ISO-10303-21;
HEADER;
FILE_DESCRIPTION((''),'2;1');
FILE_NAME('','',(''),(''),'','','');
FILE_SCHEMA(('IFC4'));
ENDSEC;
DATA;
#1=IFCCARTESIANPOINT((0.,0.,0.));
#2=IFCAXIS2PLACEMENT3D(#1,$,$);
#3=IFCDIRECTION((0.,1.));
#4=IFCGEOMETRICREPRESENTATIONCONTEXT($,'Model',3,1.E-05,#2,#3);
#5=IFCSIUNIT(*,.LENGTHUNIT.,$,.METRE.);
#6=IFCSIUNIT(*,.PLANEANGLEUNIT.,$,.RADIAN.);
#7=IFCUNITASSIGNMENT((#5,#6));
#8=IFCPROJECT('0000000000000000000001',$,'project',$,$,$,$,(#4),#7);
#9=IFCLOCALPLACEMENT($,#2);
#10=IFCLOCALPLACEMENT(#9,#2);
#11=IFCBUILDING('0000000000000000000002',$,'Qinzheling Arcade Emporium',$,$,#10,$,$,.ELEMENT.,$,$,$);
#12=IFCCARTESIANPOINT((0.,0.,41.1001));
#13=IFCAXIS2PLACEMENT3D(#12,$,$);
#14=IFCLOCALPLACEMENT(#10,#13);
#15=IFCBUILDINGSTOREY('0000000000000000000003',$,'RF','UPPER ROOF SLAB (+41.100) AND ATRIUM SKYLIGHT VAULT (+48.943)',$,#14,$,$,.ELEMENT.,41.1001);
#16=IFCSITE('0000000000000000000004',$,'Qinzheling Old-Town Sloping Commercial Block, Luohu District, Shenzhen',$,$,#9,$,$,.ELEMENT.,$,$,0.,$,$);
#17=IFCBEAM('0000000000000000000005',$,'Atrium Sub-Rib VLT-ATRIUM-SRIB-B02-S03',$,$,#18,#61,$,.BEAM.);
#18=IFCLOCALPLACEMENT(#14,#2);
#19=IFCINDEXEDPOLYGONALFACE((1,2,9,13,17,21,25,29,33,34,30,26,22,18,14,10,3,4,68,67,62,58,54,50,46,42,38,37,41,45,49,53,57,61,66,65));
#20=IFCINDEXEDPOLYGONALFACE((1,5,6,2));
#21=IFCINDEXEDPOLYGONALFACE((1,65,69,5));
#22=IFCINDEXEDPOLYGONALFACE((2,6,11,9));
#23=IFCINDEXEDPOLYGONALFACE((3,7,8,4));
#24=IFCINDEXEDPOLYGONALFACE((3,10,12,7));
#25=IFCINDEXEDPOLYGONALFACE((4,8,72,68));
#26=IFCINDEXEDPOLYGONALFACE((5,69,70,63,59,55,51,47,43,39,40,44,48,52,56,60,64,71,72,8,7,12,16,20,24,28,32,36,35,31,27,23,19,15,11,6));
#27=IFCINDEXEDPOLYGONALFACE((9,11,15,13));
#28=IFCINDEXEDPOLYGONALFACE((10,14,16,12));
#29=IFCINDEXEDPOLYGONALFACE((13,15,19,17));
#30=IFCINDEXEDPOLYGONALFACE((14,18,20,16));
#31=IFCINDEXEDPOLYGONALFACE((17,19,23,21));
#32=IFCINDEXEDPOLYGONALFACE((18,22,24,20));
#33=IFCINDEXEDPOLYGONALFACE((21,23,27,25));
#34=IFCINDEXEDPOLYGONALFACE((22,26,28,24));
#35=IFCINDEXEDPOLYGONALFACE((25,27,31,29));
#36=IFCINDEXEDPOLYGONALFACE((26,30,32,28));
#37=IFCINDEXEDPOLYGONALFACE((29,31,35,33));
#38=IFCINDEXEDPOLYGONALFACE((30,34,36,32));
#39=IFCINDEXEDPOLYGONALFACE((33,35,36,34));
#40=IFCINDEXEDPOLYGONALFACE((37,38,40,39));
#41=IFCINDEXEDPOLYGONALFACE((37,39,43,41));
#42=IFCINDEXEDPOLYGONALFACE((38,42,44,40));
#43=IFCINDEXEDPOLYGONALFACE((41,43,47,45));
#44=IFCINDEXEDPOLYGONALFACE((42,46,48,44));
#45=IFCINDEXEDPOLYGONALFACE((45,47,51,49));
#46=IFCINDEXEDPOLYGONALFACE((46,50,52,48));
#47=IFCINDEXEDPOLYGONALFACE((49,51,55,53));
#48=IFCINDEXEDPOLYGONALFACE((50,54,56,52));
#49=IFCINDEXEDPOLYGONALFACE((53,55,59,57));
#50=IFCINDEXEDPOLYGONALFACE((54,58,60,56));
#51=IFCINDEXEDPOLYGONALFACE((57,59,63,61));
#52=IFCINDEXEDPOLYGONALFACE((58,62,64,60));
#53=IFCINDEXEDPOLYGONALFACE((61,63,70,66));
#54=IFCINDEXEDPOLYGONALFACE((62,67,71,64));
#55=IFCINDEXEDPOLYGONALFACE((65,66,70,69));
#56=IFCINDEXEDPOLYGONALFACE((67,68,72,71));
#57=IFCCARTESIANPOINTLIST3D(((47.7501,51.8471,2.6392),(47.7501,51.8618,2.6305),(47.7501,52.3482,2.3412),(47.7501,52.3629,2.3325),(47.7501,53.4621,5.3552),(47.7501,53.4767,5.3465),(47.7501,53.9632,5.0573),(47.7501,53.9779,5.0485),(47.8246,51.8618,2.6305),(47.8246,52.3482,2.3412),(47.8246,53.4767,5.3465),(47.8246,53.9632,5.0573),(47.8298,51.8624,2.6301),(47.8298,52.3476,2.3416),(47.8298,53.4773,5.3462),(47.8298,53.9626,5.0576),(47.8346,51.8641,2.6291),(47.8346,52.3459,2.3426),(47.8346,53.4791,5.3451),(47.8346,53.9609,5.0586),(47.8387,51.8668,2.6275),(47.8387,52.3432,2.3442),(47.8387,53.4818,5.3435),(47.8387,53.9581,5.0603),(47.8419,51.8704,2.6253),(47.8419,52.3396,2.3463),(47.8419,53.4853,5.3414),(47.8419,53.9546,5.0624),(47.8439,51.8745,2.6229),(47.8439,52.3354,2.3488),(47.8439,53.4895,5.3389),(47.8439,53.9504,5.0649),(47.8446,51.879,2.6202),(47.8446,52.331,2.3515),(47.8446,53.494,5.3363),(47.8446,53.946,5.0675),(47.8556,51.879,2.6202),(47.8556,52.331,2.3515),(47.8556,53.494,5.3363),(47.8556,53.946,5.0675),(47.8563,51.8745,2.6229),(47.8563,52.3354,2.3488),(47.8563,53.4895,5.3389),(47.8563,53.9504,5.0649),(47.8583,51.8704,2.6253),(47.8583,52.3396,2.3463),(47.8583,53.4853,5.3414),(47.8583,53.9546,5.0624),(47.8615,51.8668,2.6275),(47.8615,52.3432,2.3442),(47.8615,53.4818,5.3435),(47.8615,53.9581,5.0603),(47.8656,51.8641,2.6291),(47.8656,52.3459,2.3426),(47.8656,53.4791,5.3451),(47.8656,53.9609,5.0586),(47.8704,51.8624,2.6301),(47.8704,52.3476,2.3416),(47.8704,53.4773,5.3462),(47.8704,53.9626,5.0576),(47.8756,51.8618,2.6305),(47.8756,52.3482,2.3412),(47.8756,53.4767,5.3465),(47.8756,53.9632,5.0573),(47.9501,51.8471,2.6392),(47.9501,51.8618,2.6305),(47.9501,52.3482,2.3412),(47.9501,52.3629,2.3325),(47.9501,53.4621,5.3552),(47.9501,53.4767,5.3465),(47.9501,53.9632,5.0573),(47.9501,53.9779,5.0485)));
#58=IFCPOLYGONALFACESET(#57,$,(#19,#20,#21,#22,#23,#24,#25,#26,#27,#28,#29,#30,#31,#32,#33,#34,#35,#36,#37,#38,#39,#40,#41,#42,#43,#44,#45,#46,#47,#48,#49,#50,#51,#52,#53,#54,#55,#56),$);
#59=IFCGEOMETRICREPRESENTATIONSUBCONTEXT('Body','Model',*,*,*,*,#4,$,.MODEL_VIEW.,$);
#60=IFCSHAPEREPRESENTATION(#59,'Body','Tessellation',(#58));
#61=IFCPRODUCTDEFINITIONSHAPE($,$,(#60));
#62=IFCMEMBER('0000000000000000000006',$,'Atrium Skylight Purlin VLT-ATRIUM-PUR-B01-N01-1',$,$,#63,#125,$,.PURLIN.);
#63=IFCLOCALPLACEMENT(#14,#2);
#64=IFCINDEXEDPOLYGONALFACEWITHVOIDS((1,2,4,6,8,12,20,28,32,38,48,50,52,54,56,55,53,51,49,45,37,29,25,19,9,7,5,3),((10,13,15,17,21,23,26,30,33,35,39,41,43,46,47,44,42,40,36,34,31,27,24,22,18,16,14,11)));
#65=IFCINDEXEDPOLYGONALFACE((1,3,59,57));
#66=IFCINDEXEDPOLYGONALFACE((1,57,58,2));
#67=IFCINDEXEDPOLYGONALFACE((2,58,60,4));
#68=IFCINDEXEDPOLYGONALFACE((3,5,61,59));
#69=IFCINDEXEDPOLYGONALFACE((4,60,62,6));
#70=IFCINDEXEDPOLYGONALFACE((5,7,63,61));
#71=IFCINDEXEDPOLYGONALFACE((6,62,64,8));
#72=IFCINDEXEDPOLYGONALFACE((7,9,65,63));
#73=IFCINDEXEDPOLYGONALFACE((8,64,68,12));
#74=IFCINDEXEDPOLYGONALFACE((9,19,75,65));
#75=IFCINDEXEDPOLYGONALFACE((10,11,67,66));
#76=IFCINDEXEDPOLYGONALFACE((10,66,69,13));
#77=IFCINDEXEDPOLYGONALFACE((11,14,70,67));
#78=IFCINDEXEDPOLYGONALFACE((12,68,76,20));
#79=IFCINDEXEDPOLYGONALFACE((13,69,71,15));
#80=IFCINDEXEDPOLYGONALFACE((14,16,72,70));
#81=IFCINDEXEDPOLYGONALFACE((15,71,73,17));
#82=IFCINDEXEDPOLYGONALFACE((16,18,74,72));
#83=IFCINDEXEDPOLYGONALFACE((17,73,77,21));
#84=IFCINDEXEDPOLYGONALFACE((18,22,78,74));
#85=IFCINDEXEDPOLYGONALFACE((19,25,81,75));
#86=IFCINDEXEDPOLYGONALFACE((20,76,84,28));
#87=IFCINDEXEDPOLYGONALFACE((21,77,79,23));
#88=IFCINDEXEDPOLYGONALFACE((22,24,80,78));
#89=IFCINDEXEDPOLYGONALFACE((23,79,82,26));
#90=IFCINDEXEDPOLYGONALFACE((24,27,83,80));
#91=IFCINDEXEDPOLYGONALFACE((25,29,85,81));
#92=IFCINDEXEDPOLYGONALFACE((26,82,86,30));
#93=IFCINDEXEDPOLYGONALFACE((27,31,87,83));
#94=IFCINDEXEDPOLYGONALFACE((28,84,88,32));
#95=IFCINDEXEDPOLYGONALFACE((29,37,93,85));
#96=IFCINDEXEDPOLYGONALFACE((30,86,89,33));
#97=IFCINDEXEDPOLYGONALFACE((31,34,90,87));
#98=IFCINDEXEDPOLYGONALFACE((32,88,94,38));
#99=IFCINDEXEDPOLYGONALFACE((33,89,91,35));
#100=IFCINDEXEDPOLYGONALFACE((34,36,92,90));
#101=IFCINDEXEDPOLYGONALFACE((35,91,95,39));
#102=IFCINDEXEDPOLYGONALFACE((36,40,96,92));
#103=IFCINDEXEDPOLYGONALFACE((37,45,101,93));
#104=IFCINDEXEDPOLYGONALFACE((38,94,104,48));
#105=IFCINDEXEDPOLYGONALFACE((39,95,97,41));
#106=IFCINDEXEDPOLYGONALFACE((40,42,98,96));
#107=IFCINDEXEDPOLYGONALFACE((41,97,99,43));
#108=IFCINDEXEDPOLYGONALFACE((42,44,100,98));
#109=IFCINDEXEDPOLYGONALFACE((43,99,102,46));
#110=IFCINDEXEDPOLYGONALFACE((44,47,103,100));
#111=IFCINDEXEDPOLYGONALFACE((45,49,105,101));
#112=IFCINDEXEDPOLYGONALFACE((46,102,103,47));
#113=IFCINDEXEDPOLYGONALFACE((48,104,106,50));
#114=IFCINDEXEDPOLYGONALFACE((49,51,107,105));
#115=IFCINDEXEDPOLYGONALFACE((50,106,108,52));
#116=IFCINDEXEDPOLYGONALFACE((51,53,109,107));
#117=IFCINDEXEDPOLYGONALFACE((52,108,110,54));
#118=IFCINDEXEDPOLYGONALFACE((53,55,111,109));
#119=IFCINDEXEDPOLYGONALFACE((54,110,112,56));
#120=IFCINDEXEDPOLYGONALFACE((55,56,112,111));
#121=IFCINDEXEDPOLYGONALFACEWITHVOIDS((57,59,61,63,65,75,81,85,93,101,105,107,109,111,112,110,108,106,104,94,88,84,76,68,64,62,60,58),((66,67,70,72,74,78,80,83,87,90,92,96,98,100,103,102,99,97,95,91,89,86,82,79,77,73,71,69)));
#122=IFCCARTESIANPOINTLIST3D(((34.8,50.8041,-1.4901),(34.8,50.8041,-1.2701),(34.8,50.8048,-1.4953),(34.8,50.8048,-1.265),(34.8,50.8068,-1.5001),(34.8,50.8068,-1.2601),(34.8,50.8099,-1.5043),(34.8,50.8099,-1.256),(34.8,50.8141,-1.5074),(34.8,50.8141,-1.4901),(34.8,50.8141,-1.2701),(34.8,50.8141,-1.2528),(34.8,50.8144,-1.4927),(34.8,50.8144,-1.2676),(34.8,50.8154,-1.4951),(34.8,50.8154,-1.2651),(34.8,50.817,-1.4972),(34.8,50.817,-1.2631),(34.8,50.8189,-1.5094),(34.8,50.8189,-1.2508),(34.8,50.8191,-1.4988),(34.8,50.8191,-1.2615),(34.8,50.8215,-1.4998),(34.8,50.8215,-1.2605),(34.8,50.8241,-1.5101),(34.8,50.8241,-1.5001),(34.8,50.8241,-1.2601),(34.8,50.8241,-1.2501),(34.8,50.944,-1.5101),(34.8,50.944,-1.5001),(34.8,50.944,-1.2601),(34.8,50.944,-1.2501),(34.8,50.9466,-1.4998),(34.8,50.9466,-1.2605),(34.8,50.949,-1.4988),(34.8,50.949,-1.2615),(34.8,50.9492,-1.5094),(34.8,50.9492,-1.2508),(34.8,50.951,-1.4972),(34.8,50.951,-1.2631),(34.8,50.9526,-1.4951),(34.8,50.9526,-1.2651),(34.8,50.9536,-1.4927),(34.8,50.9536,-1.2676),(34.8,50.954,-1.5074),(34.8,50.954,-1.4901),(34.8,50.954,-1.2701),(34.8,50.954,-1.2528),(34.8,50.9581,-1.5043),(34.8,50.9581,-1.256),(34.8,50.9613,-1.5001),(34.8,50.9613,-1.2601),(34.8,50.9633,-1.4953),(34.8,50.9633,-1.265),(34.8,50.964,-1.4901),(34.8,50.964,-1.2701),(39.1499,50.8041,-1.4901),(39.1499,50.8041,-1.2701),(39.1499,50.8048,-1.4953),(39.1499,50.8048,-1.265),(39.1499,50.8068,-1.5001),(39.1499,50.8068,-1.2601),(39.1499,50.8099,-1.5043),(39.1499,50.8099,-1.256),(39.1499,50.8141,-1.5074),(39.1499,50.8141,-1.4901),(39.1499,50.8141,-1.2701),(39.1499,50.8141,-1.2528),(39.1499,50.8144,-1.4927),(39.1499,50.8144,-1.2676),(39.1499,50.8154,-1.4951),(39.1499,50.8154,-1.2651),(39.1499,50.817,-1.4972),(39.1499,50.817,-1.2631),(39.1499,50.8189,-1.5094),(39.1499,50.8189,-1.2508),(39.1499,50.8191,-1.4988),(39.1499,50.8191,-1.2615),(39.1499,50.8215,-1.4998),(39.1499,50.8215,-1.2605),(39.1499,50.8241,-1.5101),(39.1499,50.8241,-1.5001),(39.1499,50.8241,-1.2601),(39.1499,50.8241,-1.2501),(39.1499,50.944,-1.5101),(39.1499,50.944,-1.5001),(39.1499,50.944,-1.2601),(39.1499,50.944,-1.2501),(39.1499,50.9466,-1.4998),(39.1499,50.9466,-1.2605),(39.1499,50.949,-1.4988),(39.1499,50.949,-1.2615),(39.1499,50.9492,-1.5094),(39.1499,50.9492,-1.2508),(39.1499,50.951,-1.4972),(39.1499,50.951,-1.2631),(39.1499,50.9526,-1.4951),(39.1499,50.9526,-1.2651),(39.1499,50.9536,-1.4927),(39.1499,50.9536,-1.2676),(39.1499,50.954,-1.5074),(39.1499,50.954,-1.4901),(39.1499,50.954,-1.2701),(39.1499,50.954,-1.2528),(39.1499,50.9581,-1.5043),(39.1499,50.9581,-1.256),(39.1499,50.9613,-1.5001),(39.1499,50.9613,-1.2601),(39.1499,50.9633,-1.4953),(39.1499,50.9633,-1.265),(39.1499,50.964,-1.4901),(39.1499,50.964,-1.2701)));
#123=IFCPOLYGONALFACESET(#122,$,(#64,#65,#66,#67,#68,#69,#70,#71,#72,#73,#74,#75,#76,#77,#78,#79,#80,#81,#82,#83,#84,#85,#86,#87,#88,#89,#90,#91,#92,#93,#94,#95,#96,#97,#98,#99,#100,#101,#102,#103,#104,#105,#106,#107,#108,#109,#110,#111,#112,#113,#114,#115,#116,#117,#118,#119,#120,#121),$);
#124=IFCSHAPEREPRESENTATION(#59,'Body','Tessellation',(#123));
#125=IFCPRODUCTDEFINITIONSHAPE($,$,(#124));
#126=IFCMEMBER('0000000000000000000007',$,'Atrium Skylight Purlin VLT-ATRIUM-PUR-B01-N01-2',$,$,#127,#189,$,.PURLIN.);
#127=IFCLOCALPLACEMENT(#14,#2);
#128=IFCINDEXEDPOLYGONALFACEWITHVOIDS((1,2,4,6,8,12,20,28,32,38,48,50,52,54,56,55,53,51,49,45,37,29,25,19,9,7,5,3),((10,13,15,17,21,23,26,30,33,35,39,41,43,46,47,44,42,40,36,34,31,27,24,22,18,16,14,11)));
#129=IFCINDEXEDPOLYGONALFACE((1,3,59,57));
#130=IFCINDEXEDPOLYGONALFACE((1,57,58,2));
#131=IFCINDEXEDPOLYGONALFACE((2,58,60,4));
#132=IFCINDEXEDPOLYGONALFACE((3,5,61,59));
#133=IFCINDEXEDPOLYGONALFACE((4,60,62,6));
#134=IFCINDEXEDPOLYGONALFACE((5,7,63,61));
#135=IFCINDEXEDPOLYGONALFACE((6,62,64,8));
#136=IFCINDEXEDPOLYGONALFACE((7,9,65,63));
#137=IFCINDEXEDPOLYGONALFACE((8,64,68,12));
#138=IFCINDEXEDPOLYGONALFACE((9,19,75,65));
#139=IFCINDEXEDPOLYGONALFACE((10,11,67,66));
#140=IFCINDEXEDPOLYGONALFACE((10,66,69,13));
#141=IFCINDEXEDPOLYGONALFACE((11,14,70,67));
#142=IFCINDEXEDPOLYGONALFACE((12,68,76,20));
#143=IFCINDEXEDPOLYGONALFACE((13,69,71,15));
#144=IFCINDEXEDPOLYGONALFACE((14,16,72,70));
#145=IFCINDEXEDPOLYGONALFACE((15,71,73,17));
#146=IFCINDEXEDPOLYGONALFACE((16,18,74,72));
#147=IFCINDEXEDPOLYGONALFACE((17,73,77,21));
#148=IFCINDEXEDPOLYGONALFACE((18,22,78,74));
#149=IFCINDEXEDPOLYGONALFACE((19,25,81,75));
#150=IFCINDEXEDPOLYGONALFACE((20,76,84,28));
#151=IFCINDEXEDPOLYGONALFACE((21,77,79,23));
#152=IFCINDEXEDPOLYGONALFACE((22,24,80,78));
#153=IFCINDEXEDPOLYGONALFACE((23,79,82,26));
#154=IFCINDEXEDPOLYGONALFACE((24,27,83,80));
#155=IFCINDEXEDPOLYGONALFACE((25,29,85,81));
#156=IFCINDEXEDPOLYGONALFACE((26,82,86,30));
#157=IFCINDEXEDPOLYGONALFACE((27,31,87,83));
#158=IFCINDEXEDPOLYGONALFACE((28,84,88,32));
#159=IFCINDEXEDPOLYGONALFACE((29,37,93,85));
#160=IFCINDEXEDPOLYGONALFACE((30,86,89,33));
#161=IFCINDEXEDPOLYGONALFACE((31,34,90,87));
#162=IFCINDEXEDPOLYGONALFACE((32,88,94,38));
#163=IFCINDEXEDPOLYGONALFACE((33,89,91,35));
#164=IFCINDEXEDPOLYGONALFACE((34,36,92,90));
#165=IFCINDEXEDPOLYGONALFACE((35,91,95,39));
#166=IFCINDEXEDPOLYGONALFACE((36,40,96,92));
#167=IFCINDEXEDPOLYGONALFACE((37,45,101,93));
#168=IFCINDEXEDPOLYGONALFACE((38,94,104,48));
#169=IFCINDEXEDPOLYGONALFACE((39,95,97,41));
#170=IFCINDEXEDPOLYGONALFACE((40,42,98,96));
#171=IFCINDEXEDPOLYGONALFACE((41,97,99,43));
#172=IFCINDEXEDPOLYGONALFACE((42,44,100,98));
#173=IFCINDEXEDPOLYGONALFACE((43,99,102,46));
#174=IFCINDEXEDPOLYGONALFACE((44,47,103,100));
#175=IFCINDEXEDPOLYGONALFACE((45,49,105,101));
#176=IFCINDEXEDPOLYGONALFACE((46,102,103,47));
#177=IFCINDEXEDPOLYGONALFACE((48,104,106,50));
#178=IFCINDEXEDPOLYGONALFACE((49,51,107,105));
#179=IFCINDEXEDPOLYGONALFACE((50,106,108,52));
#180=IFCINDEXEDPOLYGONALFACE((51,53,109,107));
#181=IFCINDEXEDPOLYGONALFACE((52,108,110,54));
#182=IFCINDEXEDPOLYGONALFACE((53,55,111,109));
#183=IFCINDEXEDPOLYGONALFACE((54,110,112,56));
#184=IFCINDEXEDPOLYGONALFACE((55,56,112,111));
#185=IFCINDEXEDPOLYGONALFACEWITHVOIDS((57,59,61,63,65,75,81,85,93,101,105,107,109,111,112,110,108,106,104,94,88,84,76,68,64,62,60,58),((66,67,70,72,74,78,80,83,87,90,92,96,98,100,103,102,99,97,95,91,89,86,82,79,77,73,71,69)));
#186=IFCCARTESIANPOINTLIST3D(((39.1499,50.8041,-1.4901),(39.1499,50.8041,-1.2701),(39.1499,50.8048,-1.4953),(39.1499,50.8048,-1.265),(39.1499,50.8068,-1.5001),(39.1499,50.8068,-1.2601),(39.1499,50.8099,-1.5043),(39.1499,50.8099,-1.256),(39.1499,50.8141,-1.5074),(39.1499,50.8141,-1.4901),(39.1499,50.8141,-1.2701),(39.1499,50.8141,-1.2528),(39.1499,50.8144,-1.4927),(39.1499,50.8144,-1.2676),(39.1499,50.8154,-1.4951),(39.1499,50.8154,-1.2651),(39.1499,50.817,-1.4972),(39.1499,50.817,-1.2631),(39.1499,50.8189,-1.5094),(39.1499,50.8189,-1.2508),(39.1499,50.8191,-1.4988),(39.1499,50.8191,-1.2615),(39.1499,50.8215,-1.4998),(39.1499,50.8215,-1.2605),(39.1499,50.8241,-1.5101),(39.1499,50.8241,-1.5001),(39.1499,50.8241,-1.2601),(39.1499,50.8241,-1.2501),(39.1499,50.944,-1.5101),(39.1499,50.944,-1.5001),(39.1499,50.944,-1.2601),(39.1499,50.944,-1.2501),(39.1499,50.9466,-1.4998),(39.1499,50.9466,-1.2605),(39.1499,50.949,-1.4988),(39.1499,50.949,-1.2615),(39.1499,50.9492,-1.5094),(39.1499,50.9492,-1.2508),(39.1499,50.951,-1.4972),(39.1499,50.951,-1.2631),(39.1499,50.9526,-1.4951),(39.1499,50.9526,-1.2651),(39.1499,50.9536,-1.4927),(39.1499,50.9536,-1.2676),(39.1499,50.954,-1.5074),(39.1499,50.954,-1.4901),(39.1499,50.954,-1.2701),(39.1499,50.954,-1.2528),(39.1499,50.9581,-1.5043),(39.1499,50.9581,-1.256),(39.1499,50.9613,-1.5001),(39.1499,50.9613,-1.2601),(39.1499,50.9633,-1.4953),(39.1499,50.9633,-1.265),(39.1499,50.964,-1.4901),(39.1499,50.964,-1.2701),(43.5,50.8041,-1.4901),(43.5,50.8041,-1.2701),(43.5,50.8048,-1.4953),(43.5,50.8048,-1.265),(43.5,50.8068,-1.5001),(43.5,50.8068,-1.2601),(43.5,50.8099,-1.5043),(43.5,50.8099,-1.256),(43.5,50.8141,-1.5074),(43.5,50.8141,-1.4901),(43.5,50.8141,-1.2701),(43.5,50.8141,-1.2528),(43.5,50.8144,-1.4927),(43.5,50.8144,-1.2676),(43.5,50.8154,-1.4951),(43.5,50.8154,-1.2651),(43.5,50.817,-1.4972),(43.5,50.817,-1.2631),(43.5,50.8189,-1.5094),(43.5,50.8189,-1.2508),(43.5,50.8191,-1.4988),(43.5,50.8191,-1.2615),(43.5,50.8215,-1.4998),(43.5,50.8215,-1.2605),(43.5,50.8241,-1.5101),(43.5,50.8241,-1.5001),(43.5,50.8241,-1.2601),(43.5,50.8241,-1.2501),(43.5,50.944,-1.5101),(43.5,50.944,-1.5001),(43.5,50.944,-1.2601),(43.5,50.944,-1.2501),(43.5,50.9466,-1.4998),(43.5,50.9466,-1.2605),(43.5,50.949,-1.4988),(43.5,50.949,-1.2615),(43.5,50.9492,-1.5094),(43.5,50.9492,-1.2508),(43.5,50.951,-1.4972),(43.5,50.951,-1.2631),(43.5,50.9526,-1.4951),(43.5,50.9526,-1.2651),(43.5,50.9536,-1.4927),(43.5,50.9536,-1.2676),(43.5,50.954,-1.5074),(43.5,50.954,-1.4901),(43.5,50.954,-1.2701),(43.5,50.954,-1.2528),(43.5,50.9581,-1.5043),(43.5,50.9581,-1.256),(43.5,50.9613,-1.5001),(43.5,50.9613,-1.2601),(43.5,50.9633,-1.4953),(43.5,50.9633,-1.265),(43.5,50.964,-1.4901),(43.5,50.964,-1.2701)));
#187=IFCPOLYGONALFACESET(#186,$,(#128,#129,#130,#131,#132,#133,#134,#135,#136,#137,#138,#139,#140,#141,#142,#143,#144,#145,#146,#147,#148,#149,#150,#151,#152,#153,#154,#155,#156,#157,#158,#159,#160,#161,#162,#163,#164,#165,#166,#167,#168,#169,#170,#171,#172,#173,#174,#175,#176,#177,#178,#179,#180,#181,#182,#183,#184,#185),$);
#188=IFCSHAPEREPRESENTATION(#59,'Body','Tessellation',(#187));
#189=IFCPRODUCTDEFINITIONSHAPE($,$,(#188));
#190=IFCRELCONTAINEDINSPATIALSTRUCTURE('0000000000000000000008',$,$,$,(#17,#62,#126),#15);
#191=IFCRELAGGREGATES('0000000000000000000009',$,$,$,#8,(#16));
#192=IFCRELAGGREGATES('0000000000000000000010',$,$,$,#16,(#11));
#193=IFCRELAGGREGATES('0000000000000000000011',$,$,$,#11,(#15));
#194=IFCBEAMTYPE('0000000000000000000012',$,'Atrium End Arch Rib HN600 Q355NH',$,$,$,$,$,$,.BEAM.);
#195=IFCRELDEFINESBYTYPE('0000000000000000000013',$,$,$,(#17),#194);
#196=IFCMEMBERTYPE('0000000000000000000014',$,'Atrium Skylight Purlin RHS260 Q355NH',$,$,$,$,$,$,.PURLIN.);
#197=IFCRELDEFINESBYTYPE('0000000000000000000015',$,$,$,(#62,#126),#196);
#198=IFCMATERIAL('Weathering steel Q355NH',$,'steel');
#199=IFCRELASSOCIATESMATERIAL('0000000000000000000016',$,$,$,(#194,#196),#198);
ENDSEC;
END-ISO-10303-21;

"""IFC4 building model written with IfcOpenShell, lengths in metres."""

from ifc_helpers import new_model, si_unit, direction, frame, origin, origin_2d, place, context, subcontext, project, spatial, hollow_rectangle, i_section, extrude, material, material_profile, profile_set, type_object, element, save


model = new_model("IFC4")

# Units and contexts
model_context = context("Model", 3, precision=1e-05, world=origin(), true_north=direction((0.0, 1.0)))
body_context = subcontext(model_context, "Body", "Model", "MODEL_VIEW")
ifc_project = project(units=[si_unit("LENGTHUNIT", "METRE"), si_unit("PLANEANGLEUNIT", "RADIAN")], contexts=[model_context])

# Site, building, storey
site_placement = place(None, origin())
site = spatial("IfcSite", under=ifc_project, at=site_placement, Name="Qinzheling Old-Town Sloping Commercial Block, Luohu District, Shenzhen", CompositionType="ELEMENT", RefElevation=0.0)
building_placement = place(site_placement, origin())
building = spatial("IfcBuilding", under=site, at=building_placement, Name="Qinzheling Arcade Emporium", CompositionType="ELEMENT")
storey_placement = place(building_placement, frame((0.0, 0.0, 41.1001)))
storey = spatial("IfcBuildingStorey", under=building, at=storey_placement, Name="RF", Description="UPPER ROOF SLAB (+41.100) AND ATRIUM SKYLIGHT VAULT (+48.943)", CompositionType="ELEMENT", Elevation=41.1001)

# Beam
ifc_material_1 = material(Name="Weathering steel Q355NH", Category="steel")
ifc_material_profile_1 = material_profile(ifc_material_1, i_section(OverallWidth=0.2, OverallDepth=0.6001, WebThickness=0.011, FlangeThickness=0.0171, FilletRadius=0.02, at=origin_2d()), Name="HN 600x200x11x17", Category="steel")
ifc_profile_set_1 = profile_set([ifc_material_profile_1], Name="Weathering steel Q355NH")
beam_type_1 = type_object("IfcBeamType", Name="Atrium End Arch Rib HN600 Q355NH", PredefinedType="BEAM", material=ifc_profile_set_1)
beam_1_placement = place(storey_placement, frame((47.8501, 52.105, 2.4858), z_axis=(0.0, 0.511083, 0.859531), x_axis=(-1.0, 0.0, 0.0)))
element("IfcBeam", 1, at=beam_1_placement, inside=storey, type_object=beam_type_1, Name="Atrium Sub-Rib VLT-ATRIUM-SRIB-B02-S03", PredefinedType="BEAM", context=body_context, shape_type="SweptSolid", body=[
    extrude(i_section(OverallWidth=0.2, OverallDepth=0.6001, WebThickness=0.011, FlangeThickness=0.0171, FilletRadius=0.02, at=origin_2d()), origin(), (0.0, 0.0, 1.0), 3.1599),
])

# Members
ifc_material_profile_2 = material_profile(ifc_material_1, hollow_rectangle(XDim=0.1599, YDim=0.26, WallThickness=0.01, InnerFilletRadius=0.01, OuterFilletRadius=0.02, at=origin_2d()), Name="RHS 260x160x10", Category="steel")
ifc_profile_set_2 = profile_set([ifc_material_profile_2], Name="Weathering steel Q355NH")
member_type = type_object("IfcMemberType", Name="Atrium Skylight Purlin RHS260 Q355NH", PredefinedType="PURLIN", material=ifc_profile_set_2)
member_1_placement = place(storey_placement, frame((34.8, 50.884, -1.3801), z_axis=(1.0, 0.0, 0.0), x_axis=(0.0, 1.0, 0.0)))
element("IfcMember", 2, at=member_1_placement, inside=storey, type_object=member_type, Name="Atrium Skylight Purlin VLT-ATRIUM-PUR-B01-N01-1", PredefinedType="PURLIN", context=body_context, shape_type="SweptSolid", body=[
    extrude(hollow_rectangle(XDim=0.1599, YDim=0.26, WallThickness=0.01, InnerFilletRadius=0.01, OuterFilletRadius=0.02, at=origin_2d()), origin(), (0.0, 0.0, 1.0), 4.3499),
])
member_2_placement = place(storey_placement, frame((39.1499, 50.884, -1.3801), z_axis=(1.0, 0.0, 0.0), x_axis=(0.0, 1.0, 0.0)))
element("IfcMember", 3, at=member_2_placement, inside=storey, type_object=member_type, Name="Atrium Skylight Purlin VLT-ATRIUM-PUR-B01-N01-2", PredefinedType="PURLIN", context=body_context, shape_type="SweptSolid", body=[
    extrude(hollow_rectangle(XDim=0.1599, YDim=0.26, WallThickness=0.01, InnerFilletRadius=0.01, OuterFilletRadius=0.02, at=origin_2d()), origin(), (0.0, 0.0, 1.0), 4.3501),
])

save(model, "model.ifc")
